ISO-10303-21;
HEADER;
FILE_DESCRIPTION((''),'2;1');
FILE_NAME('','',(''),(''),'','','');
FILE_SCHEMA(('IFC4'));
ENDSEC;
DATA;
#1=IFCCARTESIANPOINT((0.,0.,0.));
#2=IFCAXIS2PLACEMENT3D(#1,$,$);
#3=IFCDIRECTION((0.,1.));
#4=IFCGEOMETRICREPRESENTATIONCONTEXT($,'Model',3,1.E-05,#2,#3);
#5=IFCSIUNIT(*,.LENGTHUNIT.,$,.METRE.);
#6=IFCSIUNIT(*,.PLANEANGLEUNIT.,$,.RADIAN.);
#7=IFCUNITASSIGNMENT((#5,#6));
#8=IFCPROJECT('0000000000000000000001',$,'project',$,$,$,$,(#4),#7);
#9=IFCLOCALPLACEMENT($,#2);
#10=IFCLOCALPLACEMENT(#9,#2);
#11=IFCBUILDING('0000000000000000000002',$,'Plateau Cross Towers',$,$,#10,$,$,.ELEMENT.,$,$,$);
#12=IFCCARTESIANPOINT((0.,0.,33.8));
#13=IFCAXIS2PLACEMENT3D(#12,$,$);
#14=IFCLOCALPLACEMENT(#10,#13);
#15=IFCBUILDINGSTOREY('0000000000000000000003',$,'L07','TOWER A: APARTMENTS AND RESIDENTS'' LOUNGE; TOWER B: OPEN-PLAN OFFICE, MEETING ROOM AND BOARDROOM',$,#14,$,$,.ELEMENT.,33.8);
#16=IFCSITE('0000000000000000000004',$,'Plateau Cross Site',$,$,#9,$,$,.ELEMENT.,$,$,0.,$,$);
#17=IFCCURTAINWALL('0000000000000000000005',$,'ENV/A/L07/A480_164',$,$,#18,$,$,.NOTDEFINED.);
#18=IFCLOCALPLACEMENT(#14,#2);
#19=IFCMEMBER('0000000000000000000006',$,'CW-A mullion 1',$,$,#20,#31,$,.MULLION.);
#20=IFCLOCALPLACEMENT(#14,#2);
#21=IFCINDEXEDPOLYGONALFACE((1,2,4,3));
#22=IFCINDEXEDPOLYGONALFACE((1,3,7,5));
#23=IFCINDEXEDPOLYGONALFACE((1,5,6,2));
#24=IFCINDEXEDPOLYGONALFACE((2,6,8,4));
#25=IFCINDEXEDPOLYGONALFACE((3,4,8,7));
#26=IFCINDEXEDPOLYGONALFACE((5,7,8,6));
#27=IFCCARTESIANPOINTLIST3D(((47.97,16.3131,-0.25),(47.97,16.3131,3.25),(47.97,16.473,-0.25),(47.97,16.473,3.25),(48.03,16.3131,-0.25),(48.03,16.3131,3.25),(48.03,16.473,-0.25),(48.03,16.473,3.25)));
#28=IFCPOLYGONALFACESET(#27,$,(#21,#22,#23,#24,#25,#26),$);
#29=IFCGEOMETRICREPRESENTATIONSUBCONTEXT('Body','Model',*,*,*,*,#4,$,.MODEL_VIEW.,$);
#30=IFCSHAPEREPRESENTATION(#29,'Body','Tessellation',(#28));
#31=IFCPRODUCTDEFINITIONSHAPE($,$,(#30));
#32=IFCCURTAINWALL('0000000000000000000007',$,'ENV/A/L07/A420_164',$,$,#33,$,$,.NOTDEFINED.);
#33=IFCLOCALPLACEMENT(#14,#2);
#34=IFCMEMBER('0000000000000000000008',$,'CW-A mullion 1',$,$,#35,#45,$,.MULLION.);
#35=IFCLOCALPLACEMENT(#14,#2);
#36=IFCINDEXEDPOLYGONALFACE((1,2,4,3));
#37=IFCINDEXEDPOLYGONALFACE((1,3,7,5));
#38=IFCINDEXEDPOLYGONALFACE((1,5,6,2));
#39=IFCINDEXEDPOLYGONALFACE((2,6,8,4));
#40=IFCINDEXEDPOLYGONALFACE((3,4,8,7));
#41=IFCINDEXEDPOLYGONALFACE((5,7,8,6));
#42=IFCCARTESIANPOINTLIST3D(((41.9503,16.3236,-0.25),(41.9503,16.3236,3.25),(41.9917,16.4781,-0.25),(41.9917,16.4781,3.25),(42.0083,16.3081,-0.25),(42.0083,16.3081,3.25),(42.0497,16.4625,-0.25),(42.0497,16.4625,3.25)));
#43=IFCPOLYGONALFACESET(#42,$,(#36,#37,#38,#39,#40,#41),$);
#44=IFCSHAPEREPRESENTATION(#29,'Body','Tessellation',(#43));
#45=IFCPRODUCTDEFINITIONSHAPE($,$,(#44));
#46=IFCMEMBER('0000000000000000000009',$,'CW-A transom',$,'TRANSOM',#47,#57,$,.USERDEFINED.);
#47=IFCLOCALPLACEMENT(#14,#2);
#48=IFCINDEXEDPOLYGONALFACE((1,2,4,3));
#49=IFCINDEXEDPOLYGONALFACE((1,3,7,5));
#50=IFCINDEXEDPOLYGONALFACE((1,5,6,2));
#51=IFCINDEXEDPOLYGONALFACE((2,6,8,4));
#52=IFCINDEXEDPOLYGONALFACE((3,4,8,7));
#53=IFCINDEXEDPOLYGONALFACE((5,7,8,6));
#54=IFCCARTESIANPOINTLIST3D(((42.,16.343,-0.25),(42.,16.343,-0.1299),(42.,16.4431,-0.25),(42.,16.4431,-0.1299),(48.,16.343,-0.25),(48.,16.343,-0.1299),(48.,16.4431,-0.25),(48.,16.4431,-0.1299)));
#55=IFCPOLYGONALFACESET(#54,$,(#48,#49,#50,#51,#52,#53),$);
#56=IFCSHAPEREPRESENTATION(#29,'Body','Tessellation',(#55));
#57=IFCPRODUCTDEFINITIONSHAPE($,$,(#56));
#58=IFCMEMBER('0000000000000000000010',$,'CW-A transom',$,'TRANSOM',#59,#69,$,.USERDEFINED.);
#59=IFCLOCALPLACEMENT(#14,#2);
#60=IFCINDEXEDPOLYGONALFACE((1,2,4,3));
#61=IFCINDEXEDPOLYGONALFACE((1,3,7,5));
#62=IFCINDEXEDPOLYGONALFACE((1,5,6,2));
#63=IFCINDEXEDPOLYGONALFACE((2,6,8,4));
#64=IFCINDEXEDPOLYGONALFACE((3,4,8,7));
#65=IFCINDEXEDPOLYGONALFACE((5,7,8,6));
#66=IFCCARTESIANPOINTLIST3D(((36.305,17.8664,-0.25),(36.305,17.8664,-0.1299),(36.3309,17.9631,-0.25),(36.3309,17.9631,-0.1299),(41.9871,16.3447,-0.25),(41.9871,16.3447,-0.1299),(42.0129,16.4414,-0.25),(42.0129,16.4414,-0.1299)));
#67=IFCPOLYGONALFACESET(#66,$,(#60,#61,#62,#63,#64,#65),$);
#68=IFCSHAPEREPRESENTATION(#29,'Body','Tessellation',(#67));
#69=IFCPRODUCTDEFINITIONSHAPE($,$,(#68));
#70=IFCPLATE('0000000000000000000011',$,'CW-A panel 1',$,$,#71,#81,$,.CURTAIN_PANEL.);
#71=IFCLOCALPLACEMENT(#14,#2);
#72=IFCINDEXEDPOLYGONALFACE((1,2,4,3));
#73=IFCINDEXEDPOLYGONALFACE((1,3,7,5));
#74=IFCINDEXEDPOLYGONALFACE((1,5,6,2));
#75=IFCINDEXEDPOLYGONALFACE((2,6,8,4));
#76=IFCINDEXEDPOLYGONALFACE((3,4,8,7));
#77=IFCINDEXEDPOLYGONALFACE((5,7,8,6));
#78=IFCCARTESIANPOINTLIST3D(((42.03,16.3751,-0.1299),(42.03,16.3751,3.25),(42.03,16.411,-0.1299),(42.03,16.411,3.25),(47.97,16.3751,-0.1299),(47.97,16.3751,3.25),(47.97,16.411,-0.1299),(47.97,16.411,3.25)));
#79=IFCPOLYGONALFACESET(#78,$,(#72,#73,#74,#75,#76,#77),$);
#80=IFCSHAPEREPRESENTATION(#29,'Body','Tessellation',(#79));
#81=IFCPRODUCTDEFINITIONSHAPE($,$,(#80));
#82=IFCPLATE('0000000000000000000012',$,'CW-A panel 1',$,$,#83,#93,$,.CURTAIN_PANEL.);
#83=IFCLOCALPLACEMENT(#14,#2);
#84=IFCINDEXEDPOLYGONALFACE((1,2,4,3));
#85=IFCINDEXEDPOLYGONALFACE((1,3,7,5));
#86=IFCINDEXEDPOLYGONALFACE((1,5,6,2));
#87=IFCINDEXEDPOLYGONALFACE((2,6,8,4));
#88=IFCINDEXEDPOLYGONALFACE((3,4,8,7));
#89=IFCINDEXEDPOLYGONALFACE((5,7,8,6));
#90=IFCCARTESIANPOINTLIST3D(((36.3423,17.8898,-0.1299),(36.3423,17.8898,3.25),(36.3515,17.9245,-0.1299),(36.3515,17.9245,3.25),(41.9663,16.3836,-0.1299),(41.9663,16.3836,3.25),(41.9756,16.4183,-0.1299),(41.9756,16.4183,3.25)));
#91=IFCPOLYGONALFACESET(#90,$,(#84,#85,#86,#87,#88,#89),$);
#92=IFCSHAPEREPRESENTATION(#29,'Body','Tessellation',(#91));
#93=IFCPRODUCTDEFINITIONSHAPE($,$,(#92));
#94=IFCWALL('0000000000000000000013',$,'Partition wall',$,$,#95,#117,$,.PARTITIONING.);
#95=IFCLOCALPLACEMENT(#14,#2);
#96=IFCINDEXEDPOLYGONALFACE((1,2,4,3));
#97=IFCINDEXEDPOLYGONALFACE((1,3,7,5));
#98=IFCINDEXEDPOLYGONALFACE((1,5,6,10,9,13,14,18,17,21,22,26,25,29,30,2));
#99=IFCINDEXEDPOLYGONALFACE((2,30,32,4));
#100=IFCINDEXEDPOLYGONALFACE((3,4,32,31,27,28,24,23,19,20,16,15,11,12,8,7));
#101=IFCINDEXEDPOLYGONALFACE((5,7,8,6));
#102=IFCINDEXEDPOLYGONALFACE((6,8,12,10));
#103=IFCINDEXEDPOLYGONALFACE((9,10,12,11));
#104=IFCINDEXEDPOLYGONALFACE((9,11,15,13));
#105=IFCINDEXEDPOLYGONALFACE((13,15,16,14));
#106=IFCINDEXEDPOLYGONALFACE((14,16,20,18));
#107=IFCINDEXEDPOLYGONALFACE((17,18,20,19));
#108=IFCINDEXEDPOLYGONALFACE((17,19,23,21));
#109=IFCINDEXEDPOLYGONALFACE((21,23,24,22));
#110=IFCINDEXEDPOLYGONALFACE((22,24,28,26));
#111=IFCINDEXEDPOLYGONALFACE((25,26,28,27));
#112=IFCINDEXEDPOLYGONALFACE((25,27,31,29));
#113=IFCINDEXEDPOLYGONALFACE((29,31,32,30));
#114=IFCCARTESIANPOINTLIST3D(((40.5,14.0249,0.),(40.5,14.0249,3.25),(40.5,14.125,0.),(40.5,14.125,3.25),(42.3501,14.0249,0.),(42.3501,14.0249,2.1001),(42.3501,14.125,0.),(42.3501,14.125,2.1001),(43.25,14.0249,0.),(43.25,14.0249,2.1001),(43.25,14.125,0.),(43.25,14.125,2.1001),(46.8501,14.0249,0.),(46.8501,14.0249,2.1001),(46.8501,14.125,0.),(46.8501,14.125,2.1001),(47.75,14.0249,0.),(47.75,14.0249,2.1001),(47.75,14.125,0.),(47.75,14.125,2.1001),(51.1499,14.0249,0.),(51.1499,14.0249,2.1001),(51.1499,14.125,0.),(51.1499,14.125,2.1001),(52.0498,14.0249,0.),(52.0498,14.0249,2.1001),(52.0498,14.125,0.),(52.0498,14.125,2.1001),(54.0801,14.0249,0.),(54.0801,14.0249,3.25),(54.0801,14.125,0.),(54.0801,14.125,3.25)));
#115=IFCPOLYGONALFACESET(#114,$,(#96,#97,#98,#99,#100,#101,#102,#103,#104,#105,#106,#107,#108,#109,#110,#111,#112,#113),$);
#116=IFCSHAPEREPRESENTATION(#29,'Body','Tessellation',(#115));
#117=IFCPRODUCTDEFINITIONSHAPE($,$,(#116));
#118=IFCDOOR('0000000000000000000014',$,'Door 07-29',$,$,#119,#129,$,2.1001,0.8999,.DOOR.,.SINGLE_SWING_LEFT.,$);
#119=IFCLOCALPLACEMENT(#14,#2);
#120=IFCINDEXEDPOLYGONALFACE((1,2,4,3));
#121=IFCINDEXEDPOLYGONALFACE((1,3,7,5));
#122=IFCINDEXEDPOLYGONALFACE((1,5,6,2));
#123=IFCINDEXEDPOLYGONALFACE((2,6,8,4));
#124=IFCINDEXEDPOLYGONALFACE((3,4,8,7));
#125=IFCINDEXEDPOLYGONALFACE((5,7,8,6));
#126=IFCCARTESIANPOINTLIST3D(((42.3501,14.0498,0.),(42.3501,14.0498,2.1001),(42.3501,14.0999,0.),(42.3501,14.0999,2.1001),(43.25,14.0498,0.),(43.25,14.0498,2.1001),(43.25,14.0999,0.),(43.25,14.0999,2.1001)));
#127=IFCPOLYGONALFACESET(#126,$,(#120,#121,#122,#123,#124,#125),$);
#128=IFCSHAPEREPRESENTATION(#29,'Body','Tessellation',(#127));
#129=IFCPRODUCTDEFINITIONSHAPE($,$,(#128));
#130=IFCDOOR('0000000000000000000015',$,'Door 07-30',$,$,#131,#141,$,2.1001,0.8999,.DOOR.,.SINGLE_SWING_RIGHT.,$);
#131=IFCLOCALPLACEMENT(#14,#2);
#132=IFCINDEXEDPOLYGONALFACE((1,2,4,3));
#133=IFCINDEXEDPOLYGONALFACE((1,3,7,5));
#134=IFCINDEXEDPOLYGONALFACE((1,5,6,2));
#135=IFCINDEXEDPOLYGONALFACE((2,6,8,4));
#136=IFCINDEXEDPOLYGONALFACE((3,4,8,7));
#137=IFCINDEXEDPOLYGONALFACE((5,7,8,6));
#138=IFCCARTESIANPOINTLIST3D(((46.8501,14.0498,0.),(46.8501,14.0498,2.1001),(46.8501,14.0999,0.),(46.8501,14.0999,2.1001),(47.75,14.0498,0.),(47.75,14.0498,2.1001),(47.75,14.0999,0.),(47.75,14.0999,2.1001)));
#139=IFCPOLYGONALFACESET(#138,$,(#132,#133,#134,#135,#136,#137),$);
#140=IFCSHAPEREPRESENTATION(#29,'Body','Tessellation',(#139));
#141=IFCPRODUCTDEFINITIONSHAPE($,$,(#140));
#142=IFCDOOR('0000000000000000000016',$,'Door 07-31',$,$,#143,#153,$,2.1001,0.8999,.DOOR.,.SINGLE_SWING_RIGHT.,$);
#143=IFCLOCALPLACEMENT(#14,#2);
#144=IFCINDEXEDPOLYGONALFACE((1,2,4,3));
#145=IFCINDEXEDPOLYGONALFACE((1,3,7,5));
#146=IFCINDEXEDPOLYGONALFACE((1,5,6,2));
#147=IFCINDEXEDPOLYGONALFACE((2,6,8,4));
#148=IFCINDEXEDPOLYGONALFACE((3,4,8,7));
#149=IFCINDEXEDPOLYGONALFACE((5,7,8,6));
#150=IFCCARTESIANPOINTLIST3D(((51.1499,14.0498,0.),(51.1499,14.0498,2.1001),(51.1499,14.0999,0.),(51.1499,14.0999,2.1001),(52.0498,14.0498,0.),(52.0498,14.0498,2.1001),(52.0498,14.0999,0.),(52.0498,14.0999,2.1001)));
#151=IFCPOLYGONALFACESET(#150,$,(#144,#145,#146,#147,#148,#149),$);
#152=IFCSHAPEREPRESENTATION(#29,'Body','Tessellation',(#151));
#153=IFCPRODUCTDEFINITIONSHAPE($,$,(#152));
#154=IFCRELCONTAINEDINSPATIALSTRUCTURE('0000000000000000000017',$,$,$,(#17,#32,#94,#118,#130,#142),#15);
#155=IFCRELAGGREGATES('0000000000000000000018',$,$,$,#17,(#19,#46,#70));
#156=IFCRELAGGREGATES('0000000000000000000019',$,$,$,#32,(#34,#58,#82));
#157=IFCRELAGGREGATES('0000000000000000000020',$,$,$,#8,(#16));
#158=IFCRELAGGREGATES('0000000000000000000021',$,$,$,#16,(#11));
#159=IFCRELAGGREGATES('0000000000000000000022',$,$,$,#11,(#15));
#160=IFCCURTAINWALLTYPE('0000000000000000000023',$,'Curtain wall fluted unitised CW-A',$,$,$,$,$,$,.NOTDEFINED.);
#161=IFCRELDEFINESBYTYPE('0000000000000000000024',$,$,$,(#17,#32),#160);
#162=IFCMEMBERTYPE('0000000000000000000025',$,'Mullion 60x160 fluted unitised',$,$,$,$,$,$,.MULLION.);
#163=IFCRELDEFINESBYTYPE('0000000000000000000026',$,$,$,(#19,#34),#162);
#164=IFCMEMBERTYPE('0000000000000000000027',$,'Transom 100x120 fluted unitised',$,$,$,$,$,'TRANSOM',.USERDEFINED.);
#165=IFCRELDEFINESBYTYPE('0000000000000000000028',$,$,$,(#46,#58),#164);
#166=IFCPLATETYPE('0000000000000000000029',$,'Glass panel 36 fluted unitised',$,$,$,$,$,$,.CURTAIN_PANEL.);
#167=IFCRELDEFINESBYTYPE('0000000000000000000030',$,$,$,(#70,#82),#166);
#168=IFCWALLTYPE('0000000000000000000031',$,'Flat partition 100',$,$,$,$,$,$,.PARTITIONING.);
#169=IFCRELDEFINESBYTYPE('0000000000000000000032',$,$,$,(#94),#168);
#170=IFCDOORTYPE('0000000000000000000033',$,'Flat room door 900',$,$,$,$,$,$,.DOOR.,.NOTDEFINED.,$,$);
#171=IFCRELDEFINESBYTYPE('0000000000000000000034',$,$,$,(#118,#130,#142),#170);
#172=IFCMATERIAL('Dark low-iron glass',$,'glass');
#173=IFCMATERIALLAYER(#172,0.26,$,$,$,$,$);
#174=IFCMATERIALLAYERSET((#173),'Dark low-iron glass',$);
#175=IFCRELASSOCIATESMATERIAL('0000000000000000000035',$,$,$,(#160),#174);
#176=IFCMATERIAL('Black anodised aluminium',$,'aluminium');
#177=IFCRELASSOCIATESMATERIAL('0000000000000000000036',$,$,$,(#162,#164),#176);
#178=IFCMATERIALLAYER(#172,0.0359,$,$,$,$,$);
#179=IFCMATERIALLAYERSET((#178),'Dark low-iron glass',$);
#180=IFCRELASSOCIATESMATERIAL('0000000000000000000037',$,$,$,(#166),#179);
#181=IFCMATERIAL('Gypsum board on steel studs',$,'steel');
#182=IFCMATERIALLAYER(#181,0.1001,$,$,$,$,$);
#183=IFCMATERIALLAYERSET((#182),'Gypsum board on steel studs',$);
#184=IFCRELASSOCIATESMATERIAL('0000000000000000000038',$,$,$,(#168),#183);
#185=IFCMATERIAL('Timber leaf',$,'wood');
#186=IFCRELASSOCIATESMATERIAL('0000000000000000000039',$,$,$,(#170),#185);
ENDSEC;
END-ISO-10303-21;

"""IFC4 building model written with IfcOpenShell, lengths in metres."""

from ifc_helpers import new_model, si_unit, direction, frame, frame_2d, origin, origin_2d, place, context, subcontext, project, spatial, rectangle, extrude, material, layer, layer_set, material_profile, profile_set, type_object, element, fill, aggregate, save


model = new_model("IFC4")

# Units and contexts
model_context = context("Model", 3, precision=1e-05, world=origin(), true_north=direction((0.0, 1.0)))
body_context = subcontext(model_context, "Body", "Model", "MODEL_VIEW")
ifc_project = project(units=[si_unit("LENGTHUNIT", "METRE"), si_unit("PLANEANGLEUNIT", "RADIAN")], contexts=[model_context])

# Site, building, storey
site_placement = place(None, origin())
site = spatial("IfcSite", under=ifc_project, at=site_placement, Name="Plateau Cross Site", CompositionType="ELEMENT", RefElevation=0.0)
building_placement = place(site_placement, origin())
building = spatial("IfcBuilding", under=site, at=building_placement, Name="Plateau Cross Towers", CompositionType="ELEMENT")
storey_placement = place(building_placement, frame((0.0, 0.0, 33.8)))
storey = spatial("IfcBuildingStorey", under=building, at=storey_placement, Name="L07", Description="TOWER A: APARTMENTS AND RESIDENTS' LOUNGE; TOWER B: OPEN-PLAN OFFICE, MEETING ROOM AND BOARDROOM", CompositionType="ELEMENT", Elevation=33.8)

# Curtain walls, members
ifc_material_1 = material(Name="Dark low-iron glass", Category="glass")
ifc_layer_1 = layer(ifc_material_1, 0.26)
ifc_layer_set_1 = layer_set([ifc_layer_1], Name="Dark low-iron glass")
curtain_wall_type = type_object("IfcCurtainWallType", Name="Curtain wall fluted unitised CW-A", PredefinedType="NOTDEFINED", material=ifc_layer_set_1)
curtain_wall_1_placement = place(storey_placement, origin())
curtain_wall_1 = element("IfcCurtainWall", 1, at=curtain_wall_1_placement, inside=storey, type_object=curtain_wall_type, Name="ENV/A/L07/A480_164", PredefinedType="NOTDEFINED")
ifc_material_2 = material(Name="Black anodised aluminium", Category="aluminium")
ifc_material_profile_1 = material_profile(ifc_material_2, rectangle(XDim=0.0601, YDim=0.1599, at=origin_2d()), Name="MULLION 60x160")
ifc_profile_set_1 = profile_set([ifc_material_profile_1], Name="Black anodised aluminium")
member_type_1 = type_object("IfcMemberType", Name="Mullion 60x160 fluted unitised", PredefinedType="MULLION", material=ifc_profile_set_1)
member_1_placement = place(storey_placement, frame((48.0, 16.3931, -0.25), z_axis=(0.0, 0.0, 1.0), x_axis=(-1.0, 0.0, 0.0)))
member_1 = element("IfcMember", 2, at=member_1_placement, type_object=member_type_1, Name="CW-A mullion 1", PredefinedType="MULLION", context=body_context, shape_type="SweptSolid", body=[
    extrude(rectangle(XDim=0.0601, YDim=0.1599, at=origin_2d()), origin(), (0.0, 0.0, 1.0), 3.5),
])
curtain_wall_2_placement = place(storey_placement, origin())
curtain_wall_2 = element("IfcCurtainWall", 3, at=curtain_wall_2_placement, inside=storey, type_object=curtain_wall_type, Name="ENV/A/L07/A420_164", PredefinedType="NOTDEFINED")
member_2_placement = place(storey_placement, frame((42.0, 16.3931, -0.25), z_axis=(0.0, 0.0, 1.0), x_axis=(-0.965958, 0.258699, 0.0)))
member_2 = element("IfcMember", 4, at=member_2_placement, type_object=member_type_1, Name="CW-A mullion 1", PredefinedType="MULLION", context=body_context, shape_type="SweptSolid", body=[
    extrude(rectangle(XDim=0.0601, YDim=0.1599, at=origin_2d()), origin(), (0.0, 0.0, 1.0), 3.5),
])

# Members
ifc_material_profile_2 = material_profile(ifc_material_2, rectangle(XDim=0.1001, YDim=0.1201, at=origin_2d()), Name="TRANSOM 100x120")
ifc_profile_set_2 = profile_set([ifc_material_profile_2], Name="Black anodised aluminium")
member_type_2 = type_object("IfcMemberType", Name="Transom 100x120 fluted unitised", ElementType="TRANSOM", PredefinedType="USERDEFINED", material=ifc_profile_set_2)
member_3_placement = place(storey_placement, frame((48.0, 16.3931, -0.1899), z_axis=(-1.0, 0.0, 0.0), x_axis=(0.0, -1.0, 0.0)))
member_3 = element("IfcMember", 5, at=member_3_placement, type_object=member_type_2, Name="CW-A transom", ObjectType="TRANSOM", PredefinedType="USERDEFINED", context=body_context, shape_type="SweptSolid", body=[
    extrude(rectangle(XDim=0.1001, YDim=0.1201, at=origin_2d()), origin(), (0.0, 0.0, 1.0), 6.0),
])
member_4_placement = place(storey_placement, frame((42.0, 16.3931, -0.1899), z_axis=(-0.96596, 0.258693, 0.0), x_axis=(-0.258693, -0.96596, 0.0)))
member_4 = element("IfcMember", 6, at=member_4_placement, type_object=member_type_2, Name="CW-A transom", ObjectType="TRANSOM", PredefinedType="USERDEFINED", context=body_context, shape_type="SweptSolid", body=[
    extrude(rectangle(XDim=0.1001, YDim=0.1201, at=origin_2d()), origin(), (0.0, 0.0, 1.0), 5.8823),
])

# Plates
ifc_layer_2 = layer(ifc_material_1, 0.0359)
ifc_layer_set_2 = layer_set([ifc_layer_2], Name="Dark low-iron glass")
plate_type = type_object("IfcPlateType", Name="Glass panel 36 fluted unitised", PredefinedType="CURTAIN_PANEL", material=ifc_layer_set_2)
plate_1_placement = place(storey_placement, frame((45.0, 16.3931, -0.1299), z_axis=(0.0, 0.0, 1.0), x_axis=(-1.0, 0.0, 0.0)))
plate_1 = element("IfcPlate", 7, at=plate_1_placement, type_object=plate_type, Name="CW-A panel 1", PredefinedType="CURTAIN_PANEL", context=body_context, shape_type="SweptSolid", body=[
    extrude(rectangle(XDim=5.9399, YDim=0.0359, at=origin_2d()), origin(), (0.0, 0.0, 1.0), 3.3799),
])
aggregate(curtain_wall_1, [member_1, member_3, plate_1])
plate_2_placement = place(storey_placement, frame((39.1589, 17.1541, -0.1299), z_axis=(0.0, 0.0, 1.0), x_axis=(-0.965958, 0.258699, 0.0)))
plate_2 = element("IfcPlate", 8, at=plate_2_placement, type_object=plate_type, Name="CW-A panel 1", PredefinedType="CURTAIN_PANEL", context=body_context, shape_type="SweptSolid", body=[
    extrude(rectangle(XDim=5.8223, YDim=0.0359, at=origin_2d()), origin(), (0.0, 0.0, 1.0), 3.3799),
])
aggregate(curtain_wall_2, [member_2, member_4, plate_2])

# Wall, openings, doors
ifc_material_3 = material(Name="Gypsum board on steel studs", Category="steel")
ifc_layer_3 = layer(ifc_material_3, 0.1001)
ifc_layer_set_3 = layer_set([ifc_layer_3], Name="Gypsum board on steel studs")
wall_type_1 = type_object("IfcWallType", Name="Flat partition 100", PredefinedType="PARTITIONING", material=ifc_layer_set_3)
wall_1_placement = place(storey_placement, frame((40.5, 14.075, 0.0), z_axis=(0.0, 0.0, 1.0), x_axis=(1.0, 0.0, 0.0)))
wall_1 = element("IfcWall", 9, at=wall_1_placement, inside=storey, type_object=wall_type_1, Name="Partition wall", PredefinedType="PARTITIONING", context=body_context, shape_type="SweptSolid", body=[
    extrude(rectangle(XDim=13.5801, YDim=0.1001, at=frame_2d((6.79, 0.0))), origin(), (0.0, 0.0, 1.0), 3.25),
])
opening_1_placement = place(wall_1_placement, frame((1.8501, 0.0, 0.0)))
opening_1 = element("IfcOpeningElement", 10, at=opening_1_placement, cuts=wall_1, PredefinedType="OPENING", context=body_context, shape_type="SweptSolid", body=[
    extrude(rectangle(XDim=0.8999, YDim=2.1001, at=frame_2d((0.45, 1.05))), frame((0.0, 0.0601, 0.0), z_axis=(0.0, -1.0, 0.0), x_axis=(1.0, 0.0, 0.0)), (0.0, 0.0, 1.0), 0.1201),
])
opening_2_placement = place(wall_1_placement, frame((6.3501, 0.0, 0.0)))
opening_2 = element("IfcOpeningElement", 11, at=opening_2_placement, cuts=wall_1, PredefinedType="OPENING", context=body_context, shape_type="SweptSolid", body=[
    extrude(rectangle(XDim=0.8999, YDim=2.1001, at=frame_2d((0.45, 1.05))), frame((0.0, 0.0601, 0.0), z_axis=(0.0, -1.0, 0.0), x_axis=(1.0, 0.0, 0.0)), (0.0, 0.0, 1.0), 0.1201),
])
opening_3_placement = place(wall_1_placement, frame((10.6499, 0.0, 0.0)))
opening_3 = element("IfcOpeningElement", 12, at=opening_3_placement, cuts=wall_1, PredefinedType="OPENING", context=body_context, shape_type="SweptSolid", body=[
    extrude(rectangle(XDim=0.8999, YDim=2.1001, at=frame_2d((0.45, 1.05))), frame((0.0, 0.0601, 0.0), z_axis=(0.0, -1.0, 0.0), x_axis=(1.0, 0.0, 0.0)), (0.0, 0.0, 1.0), 0.1201),
])
ifc_material_4 = material(Name="Timber leaf", Category="wood")
door_type = type_object("IfcDoorType", Name="Flat room door 900", OperationType="NOTDEFINED", PredefinedType="DOOR", material=ifc_material_4)
door_1_placement = place(opening_1_placement, origin())
door_1 = element("IfcDoor", 13, at=door_1_placement, inside=storey, type_object=door_type, Name="Door 07-29", OperationType="SINGLE_SWING_LEFT", OverallHeight=2.1001, OverallWidth=0.8999, PredefinedType="DOOR", context=body_context, shape_type="SweptSolid", body=[
    extrude(rectangle(XDim=0.8999, YDim=2.1001, at=frame_2d((0.45, 1.05))), frame((0.0, 0.0249, 0.0), z_axis=(0.0, -1.0, 0.0), x_axis=(1.0, 0.0, 0.0)), (0.0, 0.0, 1.0), 0.05),
])
fill(opening_1, door_1)
door_2_placement = place(opening_2_placement, origin())
door_2 = element("IfcDoor", 14, at=door_2_placement, inside=storey, type_object=door_type, Name="Door 07-30", OperationType="SINGLE_SWING_RIGHT", OverallHeight=2.1001, OverallWidth=0.8999, PredefinedType="DOOR", context=body_context, shape_type="SweptSolid", body=[
    extrude(rectangle(XDim=0.8999, YDim=2.1001, at=frame_2d((0.45, 1.05))), frame((0.0, 0.0249, 0.0), z_axis=(0.0, -1.0, 0.0), x_axis=(1.0, 0.0, 0.0)), (0.0, 0.0, 1.0), 0.05),
])
fill(opening_2, door_2)
door_3_placement = place(opening_3_placement, origin())
door_3 = element("IfcDoor", 15, at=door_3_placement, inside=storey, type_object=door_type, Name="Door 07-31", OperationType="SINGLE_SWING_RIGHT", OverallHeight=2.1001, OverallWidth=0.8999, PredefinedType="DOOR", context=body_context, shape_type="SweptSolid", body=[
    extrude(rectangle(XDim=0.8999, YDim=2.1001, at=frame_2d((0.45, 1.05))), frame((0.0, 0.0249, 0.0), z_axis=(0.0, -1.0, 0.0), x_axis=(1.0, 0.0, 0.0)), (0.0, 0.0, 1.0), 0.05),
])
fill(opening_3, door_3)

save(model, "model.ifc")
